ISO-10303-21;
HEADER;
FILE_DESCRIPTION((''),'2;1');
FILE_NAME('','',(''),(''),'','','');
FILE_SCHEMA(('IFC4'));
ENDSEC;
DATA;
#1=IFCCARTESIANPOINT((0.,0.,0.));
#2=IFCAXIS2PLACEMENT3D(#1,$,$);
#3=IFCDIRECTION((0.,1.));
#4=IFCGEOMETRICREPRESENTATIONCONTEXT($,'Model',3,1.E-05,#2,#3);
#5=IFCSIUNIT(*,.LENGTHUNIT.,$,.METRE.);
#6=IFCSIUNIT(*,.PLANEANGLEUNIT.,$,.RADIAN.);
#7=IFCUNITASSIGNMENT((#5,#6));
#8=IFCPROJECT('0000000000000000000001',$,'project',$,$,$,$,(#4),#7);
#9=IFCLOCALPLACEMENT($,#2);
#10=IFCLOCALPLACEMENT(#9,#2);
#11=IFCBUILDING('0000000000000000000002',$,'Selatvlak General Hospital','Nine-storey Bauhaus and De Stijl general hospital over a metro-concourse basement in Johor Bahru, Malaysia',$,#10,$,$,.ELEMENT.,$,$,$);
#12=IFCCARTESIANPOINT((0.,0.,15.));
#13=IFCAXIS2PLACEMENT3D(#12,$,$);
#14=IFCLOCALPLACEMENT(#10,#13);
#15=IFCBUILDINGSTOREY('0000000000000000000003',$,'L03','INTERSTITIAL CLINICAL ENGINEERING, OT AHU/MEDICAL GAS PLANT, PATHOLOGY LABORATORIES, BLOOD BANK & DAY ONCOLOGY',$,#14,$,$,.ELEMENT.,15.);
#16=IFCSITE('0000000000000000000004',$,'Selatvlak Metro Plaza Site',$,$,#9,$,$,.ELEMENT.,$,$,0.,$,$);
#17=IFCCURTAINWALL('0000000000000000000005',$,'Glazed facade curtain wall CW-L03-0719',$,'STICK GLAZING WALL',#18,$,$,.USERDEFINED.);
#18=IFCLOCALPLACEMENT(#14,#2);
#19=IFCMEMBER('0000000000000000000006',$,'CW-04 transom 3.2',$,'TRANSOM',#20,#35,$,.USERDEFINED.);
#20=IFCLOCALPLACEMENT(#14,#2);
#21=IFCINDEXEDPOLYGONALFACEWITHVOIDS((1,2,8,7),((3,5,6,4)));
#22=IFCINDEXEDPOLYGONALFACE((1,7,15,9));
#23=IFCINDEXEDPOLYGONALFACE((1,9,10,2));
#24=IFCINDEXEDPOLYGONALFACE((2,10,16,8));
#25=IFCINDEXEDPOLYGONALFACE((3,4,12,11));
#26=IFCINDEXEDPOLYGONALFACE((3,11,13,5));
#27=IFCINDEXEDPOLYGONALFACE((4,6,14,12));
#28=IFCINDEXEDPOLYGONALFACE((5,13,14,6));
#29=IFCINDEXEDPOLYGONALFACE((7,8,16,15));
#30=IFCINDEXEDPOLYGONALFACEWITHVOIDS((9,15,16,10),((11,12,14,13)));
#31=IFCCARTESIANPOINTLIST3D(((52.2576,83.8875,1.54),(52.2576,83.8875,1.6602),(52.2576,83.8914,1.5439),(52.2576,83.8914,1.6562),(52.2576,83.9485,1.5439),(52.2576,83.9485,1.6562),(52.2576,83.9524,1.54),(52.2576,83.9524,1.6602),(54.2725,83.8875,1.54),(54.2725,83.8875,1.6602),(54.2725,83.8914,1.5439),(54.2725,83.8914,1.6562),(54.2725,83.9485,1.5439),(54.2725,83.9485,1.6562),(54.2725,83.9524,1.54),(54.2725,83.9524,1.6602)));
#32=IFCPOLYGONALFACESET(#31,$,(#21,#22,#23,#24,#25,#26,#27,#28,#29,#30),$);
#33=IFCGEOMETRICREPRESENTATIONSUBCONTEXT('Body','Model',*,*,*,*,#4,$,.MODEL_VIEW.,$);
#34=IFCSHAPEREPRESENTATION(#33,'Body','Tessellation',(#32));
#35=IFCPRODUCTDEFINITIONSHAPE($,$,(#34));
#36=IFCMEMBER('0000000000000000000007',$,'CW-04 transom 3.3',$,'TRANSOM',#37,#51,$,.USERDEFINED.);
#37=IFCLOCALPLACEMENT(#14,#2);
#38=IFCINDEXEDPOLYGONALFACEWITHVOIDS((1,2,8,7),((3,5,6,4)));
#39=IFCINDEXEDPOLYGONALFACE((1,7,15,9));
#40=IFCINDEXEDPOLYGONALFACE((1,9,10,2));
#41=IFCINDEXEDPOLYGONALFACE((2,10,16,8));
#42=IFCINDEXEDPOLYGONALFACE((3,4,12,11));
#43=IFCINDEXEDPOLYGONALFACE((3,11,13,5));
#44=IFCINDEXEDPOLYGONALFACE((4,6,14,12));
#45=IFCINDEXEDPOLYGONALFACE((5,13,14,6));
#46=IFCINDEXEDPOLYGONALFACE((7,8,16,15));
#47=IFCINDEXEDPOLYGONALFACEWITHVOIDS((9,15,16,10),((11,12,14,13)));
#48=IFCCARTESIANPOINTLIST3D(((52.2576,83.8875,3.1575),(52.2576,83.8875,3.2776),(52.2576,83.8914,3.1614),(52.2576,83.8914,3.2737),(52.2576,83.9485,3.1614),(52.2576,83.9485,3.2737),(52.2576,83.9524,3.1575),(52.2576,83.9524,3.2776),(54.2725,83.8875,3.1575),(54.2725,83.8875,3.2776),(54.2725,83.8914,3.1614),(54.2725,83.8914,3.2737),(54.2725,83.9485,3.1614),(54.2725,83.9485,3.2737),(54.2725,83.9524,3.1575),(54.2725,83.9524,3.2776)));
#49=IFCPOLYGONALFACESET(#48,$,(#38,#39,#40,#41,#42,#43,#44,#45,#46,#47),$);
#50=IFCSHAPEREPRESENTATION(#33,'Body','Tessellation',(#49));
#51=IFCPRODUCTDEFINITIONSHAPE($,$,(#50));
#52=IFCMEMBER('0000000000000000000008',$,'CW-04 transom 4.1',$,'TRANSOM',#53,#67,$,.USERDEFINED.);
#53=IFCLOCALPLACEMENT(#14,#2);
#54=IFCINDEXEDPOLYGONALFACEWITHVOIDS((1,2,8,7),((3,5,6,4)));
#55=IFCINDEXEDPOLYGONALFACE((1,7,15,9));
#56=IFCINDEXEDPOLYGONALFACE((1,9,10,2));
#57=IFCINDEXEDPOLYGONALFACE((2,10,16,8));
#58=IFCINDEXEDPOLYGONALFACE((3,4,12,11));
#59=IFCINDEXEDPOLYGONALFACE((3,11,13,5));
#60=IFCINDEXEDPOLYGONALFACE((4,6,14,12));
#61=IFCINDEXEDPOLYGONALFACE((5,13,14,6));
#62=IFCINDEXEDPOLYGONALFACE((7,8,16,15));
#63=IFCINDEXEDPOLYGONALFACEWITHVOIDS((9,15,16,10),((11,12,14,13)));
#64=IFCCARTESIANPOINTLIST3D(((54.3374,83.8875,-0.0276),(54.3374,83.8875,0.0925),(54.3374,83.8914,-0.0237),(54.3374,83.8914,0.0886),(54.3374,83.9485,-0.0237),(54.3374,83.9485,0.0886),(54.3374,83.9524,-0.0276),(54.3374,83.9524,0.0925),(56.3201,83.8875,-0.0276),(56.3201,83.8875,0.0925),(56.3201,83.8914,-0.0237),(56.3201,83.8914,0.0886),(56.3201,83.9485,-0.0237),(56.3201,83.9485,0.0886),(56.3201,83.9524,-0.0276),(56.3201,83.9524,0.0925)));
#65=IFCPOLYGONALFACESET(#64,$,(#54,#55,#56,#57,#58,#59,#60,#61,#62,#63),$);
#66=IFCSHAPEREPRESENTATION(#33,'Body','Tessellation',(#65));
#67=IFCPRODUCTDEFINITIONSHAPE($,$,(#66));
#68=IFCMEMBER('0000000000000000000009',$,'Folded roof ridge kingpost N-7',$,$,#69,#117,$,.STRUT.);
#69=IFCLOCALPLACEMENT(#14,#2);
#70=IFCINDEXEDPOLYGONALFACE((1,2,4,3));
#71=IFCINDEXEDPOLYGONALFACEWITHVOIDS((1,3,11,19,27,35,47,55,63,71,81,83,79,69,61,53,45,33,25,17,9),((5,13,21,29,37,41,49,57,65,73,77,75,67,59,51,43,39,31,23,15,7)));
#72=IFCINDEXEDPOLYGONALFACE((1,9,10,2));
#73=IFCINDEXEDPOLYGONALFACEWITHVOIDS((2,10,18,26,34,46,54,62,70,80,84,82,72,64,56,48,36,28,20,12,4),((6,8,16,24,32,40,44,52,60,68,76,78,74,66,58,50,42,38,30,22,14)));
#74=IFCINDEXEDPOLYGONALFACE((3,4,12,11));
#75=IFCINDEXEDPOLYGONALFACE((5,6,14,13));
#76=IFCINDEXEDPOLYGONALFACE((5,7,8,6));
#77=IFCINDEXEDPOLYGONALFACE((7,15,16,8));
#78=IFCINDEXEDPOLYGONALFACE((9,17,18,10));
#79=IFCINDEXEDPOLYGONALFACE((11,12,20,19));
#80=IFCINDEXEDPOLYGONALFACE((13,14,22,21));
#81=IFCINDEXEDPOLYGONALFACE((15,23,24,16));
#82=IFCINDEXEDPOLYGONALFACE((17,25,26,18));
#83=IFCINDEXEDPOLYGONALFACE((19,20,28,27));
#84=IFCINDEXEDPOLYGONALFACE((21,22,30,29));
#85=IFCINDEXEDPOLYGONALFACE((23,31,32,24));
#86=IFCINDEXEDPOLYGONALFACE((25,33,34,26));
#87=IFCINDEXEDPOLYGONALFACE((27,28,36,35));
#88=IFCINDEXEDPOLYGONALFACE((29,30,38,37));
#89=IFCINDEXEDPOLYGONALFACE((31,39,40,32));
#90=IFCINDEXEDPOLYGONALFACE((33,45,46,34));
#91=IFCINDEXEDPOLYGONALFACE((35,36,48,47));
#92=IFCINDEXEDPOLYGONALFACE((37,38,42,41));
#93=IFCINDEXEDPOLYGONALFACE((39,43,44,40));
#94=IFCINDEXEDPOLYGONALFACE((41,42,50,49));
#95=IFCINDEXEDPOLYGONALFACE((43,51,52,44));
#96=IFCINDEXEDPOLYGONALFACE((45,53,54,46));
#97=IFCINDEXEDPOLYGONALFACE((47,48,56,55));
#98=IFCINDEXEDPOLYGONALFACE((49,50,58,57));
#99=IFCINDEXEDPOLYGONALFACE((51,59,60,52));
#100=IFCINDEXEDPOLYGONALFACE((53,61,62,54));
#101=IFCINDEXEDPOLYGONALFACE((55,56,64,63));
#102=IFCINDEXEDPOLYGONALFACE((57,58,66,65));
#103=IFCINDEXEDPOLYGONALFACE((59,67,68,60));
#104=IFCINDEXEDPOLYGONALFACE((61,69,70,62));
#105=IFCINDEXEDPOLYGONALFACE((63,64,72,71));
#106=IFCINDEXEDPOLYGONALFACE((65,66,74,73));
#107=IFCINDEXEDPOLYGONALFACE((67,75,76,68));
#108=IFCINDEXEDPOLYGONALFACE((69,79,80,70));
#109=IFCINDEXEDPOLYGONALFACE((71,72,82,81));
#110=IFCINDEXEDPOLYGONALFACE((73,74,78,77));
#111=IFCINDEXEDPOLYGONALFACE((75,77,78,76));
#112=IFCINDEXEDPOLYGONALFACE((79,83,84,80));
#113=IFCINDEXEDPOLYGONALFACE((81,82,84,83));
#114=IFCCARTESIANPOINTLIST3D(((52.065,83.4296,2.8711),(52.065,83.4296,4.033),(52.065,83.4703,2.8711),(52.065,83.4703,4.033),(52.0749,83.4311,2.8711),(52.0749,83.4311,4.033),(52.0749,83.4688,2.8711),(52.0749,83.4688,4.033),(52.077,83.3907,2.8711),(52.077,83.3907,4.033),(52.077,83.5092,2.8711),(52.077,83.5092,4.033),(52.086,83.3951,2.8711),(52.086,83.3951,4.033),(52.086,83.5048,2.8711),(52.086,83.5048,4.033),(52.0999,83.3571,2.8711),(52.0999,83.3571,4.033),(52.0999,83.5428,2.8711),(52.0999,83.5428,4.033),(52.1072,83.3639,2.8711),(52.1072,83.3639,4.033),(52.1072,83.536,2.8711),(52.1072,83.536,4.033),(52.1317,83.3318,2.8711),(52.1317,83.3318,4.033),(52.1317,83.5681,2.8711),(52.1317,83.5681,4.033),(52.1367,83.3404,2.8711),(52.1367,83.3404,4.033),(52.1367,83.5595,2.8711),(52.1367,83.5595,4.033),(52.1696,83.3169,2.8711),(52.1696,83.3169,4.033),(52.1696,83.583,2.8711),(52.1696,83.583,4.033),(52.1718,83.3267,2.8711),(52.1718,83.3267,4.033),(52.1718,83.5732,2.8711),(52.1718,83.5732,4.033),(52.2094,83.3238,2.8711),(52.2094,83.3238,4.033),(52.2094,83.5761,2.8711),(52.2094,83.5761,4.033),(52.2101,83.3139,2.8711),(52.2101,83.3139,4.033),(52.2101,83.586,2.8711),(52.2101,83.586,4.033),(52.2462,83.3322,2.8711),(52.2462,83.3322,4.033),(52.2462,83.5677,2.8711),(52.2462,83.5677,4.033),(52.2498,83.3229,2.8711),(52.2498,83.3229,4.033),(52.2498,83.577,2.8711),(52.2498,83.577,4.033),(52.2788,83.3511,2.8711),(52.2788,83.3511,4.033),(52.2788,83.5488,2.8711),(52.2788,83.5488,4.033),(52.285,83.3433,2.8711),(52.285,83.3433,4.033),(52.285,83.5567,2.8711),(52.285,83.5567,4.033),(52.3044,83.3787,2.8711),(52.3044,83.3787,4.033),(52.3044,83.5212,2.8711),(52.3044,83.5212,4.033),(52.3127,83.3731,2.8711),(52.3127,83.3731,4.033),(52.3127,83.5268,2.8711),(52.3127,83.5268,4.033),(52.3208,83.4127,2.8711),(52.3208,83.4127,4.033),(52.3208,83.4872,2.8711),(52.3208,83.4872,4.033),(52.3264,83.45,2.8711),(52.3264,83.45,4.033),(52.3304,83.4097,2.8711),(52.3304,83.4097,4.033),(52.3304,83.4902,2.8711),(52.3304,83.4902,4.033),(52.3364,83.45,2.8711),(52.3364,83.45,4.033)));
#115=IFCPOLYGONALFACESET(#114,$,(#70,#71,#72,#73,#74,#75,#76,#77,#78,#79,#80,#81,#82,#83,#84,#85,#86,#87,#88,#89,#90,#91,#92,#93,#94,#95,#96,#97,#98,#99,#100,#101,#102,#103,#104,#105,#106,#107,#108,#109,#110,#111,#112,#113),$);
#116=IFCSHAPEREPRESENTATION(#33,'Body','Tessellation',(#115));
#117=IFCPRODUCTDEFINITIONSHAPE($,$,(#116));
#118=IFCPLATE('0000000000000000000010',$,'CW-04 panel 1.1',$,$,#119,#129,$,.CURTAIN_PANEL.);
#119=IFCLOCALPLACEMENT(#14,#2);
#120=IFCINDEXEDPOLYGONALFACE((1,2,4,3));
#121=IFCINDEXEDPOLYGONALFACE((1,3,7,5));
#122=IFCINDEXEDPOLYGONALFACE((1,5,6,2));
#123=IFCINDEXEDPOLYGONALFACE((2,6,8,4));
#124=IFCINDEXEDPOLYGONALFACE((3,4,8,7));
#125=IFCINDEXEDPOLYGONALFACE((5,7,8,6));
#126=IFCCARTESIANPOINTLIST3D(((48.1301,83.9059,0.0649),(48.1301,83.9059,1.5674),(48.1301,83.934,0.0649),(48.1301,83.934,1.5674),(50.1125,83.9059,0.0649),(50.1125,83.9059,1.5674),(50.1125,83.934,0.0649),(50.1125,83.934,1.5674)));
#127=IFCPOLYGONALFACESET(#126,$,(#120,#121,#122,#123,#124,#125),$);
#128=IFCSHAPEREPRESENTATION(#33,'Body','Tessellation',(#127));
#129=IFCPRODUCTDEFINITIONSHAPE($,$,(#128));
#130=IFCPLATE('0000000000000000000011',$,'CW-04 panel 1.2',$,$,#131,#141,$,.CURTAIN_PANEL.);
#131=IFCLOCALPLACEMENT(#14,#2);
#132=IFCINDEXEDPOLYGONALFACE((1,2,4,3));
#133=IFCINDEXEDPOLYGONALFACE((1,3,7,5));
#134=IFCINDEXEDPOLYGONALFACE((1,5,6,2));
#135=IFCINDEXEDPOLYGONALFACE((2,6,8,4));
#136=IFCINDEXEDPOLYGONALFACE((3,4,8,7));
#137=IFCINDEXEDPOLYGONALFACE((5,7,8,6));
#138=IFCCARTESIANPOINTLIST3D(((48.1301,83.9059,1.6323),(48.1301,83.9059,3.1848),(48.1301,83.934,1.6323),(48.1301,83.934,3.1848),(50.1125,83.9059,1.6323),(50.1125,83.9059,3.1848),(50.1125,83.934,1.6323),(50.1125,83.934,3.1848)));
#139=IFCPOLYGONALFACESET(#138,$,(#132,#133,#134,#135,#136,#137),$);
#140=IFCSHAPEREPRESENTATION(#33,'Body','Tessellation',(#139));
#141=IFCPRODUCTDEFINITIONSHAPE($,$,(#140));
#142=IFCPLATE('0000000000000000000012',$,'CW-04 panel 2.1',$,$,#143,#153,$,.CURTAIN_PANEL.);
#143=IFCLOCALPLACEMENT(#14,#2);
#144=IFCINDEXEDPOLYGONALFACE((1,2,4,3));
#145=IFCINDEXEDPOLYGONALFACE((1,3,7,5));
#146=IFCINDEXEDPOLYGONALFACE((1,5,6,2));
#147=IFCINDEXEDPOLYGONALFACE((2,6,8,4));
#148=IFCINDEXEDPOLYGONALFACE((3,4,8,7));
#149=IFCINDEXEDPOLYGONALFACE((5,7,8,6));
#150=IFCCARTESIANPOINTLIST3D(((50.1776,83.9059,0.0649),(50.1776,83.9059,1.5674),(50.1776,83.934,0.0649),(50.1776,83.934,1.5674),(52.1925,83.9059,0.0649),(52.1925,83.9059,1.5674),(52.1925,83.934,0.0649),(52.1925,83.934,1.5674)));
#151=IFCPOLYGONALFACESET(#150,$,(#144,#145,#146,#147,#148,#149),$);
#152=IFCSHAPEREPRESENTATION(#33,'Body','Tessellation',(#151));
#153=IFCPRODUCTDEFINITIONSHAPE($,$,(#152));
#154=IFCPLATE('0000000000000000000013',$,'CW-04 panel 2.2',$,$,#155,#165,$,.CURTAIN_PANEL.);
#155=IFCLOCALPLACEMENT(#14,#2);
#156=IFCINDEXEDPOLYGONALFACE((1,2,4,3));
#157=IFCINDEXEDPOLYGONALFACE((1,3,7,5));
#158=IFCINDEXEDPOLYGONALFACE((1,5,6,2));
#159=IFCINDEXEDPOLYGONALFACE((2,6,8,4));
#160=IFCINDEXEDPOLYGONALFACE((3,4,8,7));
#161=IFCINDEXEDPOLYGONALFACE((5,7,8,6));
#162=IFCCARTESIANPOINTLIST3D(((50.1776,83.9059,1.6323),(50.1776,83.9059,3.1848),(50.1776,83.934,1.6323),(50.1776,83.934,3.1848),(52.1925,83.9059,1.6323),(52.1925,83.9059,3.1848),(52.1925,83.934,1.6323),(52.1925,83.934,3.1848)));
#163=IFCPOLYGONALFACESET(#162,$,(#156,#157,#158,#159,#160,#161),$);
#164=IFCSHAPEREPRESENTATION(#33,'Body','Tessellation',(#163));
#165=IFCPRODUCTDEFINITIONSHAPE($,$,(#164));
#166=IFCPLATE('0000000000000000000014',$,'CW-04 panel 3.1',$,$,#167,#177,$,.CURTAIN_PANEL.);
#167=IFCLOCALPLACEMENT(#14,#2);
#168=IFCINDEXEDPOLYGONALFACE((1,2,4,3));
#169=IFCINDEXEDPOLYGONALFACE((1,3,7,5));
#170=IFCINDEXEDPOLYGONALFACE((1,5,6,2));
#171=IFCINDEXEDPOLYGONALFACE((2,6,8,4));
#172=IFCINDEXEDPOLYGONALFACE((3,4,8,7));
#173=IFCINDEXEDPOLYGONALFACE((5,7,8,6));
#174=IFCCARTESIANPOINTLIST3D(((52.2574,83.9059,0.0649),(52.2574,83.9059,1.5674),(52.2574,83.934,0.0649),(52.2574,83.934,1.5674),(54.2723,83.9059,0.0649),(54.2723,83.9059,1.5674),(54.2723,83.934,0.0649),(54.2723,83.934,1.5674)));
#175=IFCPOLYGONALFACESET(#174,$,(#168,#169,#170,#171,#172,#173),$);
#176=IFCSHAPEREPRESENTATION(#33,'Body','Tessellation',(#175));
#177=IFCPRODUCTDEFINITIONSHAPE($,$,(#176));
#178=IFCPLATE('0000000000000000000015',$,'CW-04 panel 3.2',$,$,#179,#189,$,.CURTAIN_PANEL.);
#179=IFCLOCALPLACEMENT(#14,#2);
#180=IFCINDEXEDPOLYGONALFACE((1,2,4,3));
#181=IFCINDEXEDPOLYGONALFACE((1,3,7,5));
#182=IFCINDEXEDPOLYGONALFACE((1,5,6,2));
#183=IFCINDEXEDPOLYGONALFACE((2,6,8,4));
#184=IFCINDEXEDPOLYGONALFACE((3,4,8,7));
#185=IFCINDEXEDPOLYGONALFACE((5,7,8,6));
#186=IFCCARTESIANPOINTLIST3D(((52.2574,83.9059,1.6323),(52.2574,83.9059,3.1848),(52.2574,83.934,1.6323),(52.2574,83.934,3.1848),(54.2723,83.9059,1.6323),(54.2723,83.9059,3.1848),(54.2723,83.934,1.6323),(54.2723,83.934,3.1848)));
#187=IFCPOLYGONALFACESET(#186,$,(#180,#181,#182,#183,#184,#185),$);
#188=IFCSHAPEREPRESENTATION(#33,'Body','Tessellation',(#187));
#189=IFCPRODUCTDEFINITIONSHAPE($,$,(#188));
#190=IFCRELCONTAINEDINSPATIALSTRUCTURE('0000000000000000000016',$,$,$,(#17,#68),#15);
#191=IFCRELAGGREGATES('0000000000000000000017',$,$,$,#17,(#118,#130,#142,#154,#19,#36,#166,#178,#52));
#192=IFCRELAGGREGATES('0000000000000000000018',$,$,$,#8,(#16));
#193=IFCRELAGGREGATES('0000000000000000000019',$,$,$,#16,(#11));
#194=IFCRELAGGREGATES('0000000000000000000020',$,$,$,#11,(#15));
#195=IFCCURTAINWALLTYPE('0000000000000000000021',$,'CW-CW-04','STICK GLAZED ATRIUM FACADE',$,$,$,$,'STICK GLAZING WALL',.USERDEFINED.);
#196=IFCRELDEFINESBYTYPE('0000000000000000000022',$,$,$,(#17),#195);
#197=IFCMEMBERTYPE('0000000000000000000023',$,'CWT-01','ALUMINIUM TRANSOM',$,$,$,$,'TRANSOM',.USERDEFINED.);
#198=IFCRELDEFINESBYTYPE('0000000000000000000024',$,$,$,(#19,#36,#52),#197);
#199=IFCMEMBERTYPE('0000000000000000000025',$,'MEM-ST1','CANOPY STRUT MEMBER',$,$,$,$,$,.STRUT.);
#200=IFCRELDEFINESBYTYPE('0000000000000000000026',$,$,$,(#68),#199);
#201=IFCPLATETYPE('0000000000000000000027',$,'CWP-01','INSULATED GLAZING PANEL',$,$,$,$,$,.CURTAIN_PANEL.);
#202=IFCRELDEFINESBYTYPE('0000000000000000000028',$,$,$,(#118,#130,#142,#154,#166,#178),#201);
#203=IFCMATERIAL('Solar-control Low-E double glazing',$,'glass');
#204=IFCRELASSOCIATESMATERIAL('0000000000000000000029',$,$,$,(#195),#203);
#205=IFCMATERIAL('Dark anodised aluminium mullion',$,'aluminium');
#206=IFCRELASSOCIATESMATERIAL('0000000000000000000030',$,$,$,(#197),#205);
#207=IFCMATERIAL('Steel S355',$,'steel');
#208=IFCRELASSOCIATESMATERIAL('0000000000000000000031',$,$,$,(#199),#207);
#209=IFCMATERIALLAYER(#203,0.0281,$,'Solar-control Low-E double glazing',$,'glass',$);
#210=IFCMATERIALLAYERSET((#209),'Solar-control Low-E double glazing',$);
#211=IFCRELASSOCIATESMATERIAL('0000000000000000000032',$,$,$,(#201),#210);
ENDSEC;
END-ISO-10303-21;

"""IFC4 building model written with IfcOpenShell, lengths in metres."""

from ifc_helpers import new_model, si_unit, direction, frame, origin, origin_2d, place, context, subcontext, project, spatial, rectangle, hollow_rectangle, hollow_circle, extrude, material, layer, layer_set, material_profile, profile_set, type_object, element, aggregate, save


model = new_model("IFC4")

# Units and contexts
model_context = context("Model", 3, precision=1e-05, world=origin(), true_north=direction((0.0, 1.0)))
body_context = subcontext(model_context, "Body", "Model", "MODEL_VIEW")
ifc_project = project(units=[si_unit("LENGTHUNIT", "METRE"), si_unit("PLANEANGLEUNIT", "RADIAN")], contexts=[model_context])

# Site, building, storey
site_placement = place(None, origin())
site = spatial("IfcSite", under=ifc_project, at=site_placement, Name="Selatvlak Metro Plaza Site", CompositionType="ELEMENT", RefElevation=0.0)
building_placement = place(site_placement, origin())
building = spatial("IfcBuilding", under=site, at=building_placement, Name="Selatvlak General Hospital", Description="Nine-storey Bauhaus and De Stijl general hospital over a metro-concourse basement in Johor Bahru, Malaysia", CompositionType="ELEMENT")
storey_placement = place(building_placement, frame((0.0, 0.0, 15.0)))
storey = spatial("IfcBuildingStorey", under=building, at=storey_placement, Name="L03", Description="INTERSTITIAL CLINICAL ENGINEERING, OT AHU/MEDICAL GAS PLANT, PATHOLOGY LABORATORIES, BLOOD BANK & DAY ONCOLOGY", CompositionType="ELEMENT", Elevation=15.0)

# Curtain wall, members
ifc_material_1 = material(Name="Solar-control Low-E double glazing", Category="glass")
curtain_wall_type = type_object("IfcCurtainWallType", Name="CW-CW-04", Description="STICK GLAZED ATRIUM FACADE", ElementType="STICK GLAZING WALL", PredefinedType="USERDEFINED", material=ifc_material_1)
curtain_wall_placement = place(storey_placement, origin())
curtain_wall = element("IfcCurtainWall", 1, at=curtain_wall_placement, inside=storey, type_object=curtain_wall_type, Name="Glazed facade curtain wall CW-L03-0719", ObjectType="STICK GLAZING WALL", PredefinedType="USERDEFINED")
ifc_material_2 = material(Name="Dark anodised aluminium mullion", Category="aluminium")
ifc_material_profile_1 = material_profile(ifc_material_2, hollow_rectangle(XDim=0.0649, YDim=0.1201, WallThickness=0.0039, at=origin_2d()), Name="AL-TRN 65x120x4")
ifc_profile_set_1 = profile_set([ifc_material_profile_1], Name="Dark anodised aluminium mullion")
member_type_1 = type_object("IfcMemberType", Name="CWT-01", Description="ALUMINIUM TRANSOM", ElementType="TRANSOM", PredefinedType="USERDEFINED", material=ifc_profile_set_1)
member_1_placement = place(storey_placement, frame((52.2576, 83.9199, 1.6001), z_axis=(1.0, 0.0, 0.0), x_axis=(0.0, 1.0, 0.0)))
member_1 = element("IfcMember", 2, at=member_1_placement, type_object=member_type_1, Name="CW-04 transom 3.2", ObjectType="TRANSOM", PredefinedType="USERDEFINED", context=body_context, shape_type="SweptSolid", body=[
    extrude(hollow_rectangle(XDim=0.0649, YDim=0.1201, WallThickness=0.0039, at=origin_2d()), origin(), (0.0, 0.0, 1.0), 2.0149),
])
member_2_placement = place(storey_placement, frame((52.2576, 83.9199, 3.2175), z_axis=(1.0, 0.0, 0.0), x_axis=(0.0, 1.0, 0.0)))
member_2 = element("IfcMember", 3, at=member_2_placement, type_object=member_type_1, Name="CW-04 transom 3.3", ObjectType="TRANSOM", PredefinedType="USERDEFINED", context=body_context, shape_type="SweptSolid", body=[
    extrude(hollow_rectangle(XDim=0.0649, YDim=0.1201, WallThickness=0.0039, at=origin_2d()), origin(), (0.0, 0.0, 1.0), 2.0149),
])
member_3_placement = place(storey_placement, frame((54.3374, 83.9199, 0.0325), z_axis=(1.0, 0.0, 0.0), x_axis=(0.0, 1.0, 0.0)))
member_3 = element("IfcMember", 4, at=member_3_placement, type_object=member_type_1, Name="CW-04 transom 4.1", ObjectType="TRANSOM", PredefinedType="USERDEFINED", context=body_context, shape_type="SweptSolid", body=[
    extrude(hollow_rectangle(XDim=0.0649, YDim=0.1201, WallThickness=0.0039, at=origin_2d()), origin(), (0.0, 0.0, 1.0), 1.9827),
])

# Member
ifc_material_3 = material(Name="Steel S355", Category="steel")
ifc_material_profile_2 = material_profile(ifc_material_3, hollow_circle(Radius=0.1365, WallThickness=0.01, at=origin_2d()), Name="CHS 273.0x10")
ifc_profile_set_2 = profile_set([ifc_material_profile_2], Name="Steel S355")
member_type_2 = type_object("IfcMemberType", Name="MEM-ST1", Description="CANOPY STRUT MEMBER", PredefinedType="STRUT", material=ifc_profile_set_2)
member_4_placement = place(storey_placement, frame((52.2, 83.45, 2.8711), z_axis=(0.0, 0.0, 1.0), x_axis=(1.0, 0.0, 0.0)))
element("IfcMember", 5, at=member_4_placement, inside=storey, type_object=member_type_2, Name="Folded roof ridge kingpost N-7", PredefinedType="STRUT", context=body_context, shape_type="SweptSolid", body=[
    extrude(hollow_circle(Radius=0.1365, WallThickness=0.01, at=origin_2d()), origin(), (0.0, 0.0, 1.0), 1.1619),
])

# Plates
ifc_layer_1 = layer(ifc_material_1, 0.0281, Name="Solar-control Low-E double glazing", Category="glass")
ifc_layer_set_1 = layer_set([ifc_layer_1], Name="Solar-control Low-E double glazing")
plate_type_1 = type_object("IfcPlateType", Name="CWP-01", Description="INSULATED GLAZING PANEL", PredefinedType="CURTAIN_PANEL", material=ifc_layer_set_1)
plate_1_placement = place(storey_placement, frame((49.1213, 83.9199, 0.0649), z_axis=(0.0, 0.0, 1.0), x_axis=(1.0, 0.0, 0.0)))
plate_1 = element("IfcPlate", 6, at=plate_1_placement, type_object=plate_type_1, Name="CW-04 panel 1.1", PredefinedType="CURTAIN_PANEL", context=body_context, shape_type="SweptSolid", body=[
    extrude(rectangle(XDim=1.9824, YDim=0.0281, at=origin_2d()), origin(), (0.0, 0.0, 1.0), 1.5024),
])
plate_2_placement = place(storey_placement, frame((49.1213, 83.9199, 1.6323), z_axis=(0.0, 0.0, 1.0), x_axis=(1.0, 0.0, 0.0)))
plate_2 = element("IfcPlate", 7, at=plate_2_placement, type_object=plate_type_1, Name="CW-04 panel 1.2", PredefinedType="CURTAIN_PANEL", context=body_context, shape_type="SweptSolid", body=[
    extrude(rectangle(XDim=1.9824, YDim=0.0281, at=origin_2d()), origin(), (0.0, 0.0, 1.0), 1.5525),
])
plate_3_placement = place(storey_placement, frame((51.1851, 83.9199, 0.0649), z_axis=(0.0, 0.0, 1.0), x_axis=(1.0, 0.0, 0.0)))
plate_3 = element("IfcPlate", 8, at=plate_3_placement, type_object=plate_type_1, Name="CW-04 panel 2.1", PredefinedType="CURTAIN_PANEL", context=body_context, shape_type="SweptSolid", body=[
    extrude(rectangle(XDim=2.0149, YDim=0.0281, at=origin_2d()), origin(), (0.0, 0.0, 1.0), 1.5024),
])
plate_4_placement = place(storey_placement, frame((51.1851, 83.9199, 1.6323), z_axis=(0.0, 0.0, 1.0), x_axis=(1.0, 0.0, 0.0)))
plate_4 = element("IfcPlate", 9, at=plate_4_placement, type_object=plate_type_1, Name="CW-04 panel 2.2", PredefinedType="CURTAIN_PANEL", context=body_context, shape_type="SweptSolid", body=[
    extrude(rectangle(XDim=2.0149, YDim=0.0281, at=origin_2d()), origin(), (0.0, 0.0, 1.0), 1.5525),
])
plate_5_placement = place(storey_placement, frame((53.2649, 83.9199, 0.0649), z_axis=(0.0, 0.0, 1.0), x_axis=(1.0, 0.0, 0.0)))
plate_5 = element("IfcPlate", 10, at=plate_5_placement, type_object=plate_type_1, Name="CW-04 panel 3.1", PredefinedType="CURTAIN_PANEL", context=body_context, shape_type="SweptSolid", body=[
    extrude(rectangle(XDim=2.0149, YDim=0.0281, at=origin_2d()), origin(), (0.0, 0.0, 1.0), 1.5024),
])
plate_6_placement = place(storey_placement, frame((53.2649, 83.9199, 1.6323), z_axis=(0.0, 0.0, 1.0), x_axis=(1.0, 0.0, 0.0)))
plate_6 = element("IfcPlate", 11, at=plate_6_placement, type_object=plate_type_1, Name="CW-04 panel 3.2", PredefinedType="CURTAIN_PANEL", context=body_context, shape_type="SweptSolid", body=[
    extrude(rectangle(XDim=2.0149, YDim=0.0281, at=origin_2d()), origin(), (0.0, 0.0, 1.0), 1.5525),
])
aggregate(curtain_wall, [plate_1, plate_2, plate_3, plate_4, member_1, member_2, plate_5, plate_6, member_3])

save(model, "model.ifc")
